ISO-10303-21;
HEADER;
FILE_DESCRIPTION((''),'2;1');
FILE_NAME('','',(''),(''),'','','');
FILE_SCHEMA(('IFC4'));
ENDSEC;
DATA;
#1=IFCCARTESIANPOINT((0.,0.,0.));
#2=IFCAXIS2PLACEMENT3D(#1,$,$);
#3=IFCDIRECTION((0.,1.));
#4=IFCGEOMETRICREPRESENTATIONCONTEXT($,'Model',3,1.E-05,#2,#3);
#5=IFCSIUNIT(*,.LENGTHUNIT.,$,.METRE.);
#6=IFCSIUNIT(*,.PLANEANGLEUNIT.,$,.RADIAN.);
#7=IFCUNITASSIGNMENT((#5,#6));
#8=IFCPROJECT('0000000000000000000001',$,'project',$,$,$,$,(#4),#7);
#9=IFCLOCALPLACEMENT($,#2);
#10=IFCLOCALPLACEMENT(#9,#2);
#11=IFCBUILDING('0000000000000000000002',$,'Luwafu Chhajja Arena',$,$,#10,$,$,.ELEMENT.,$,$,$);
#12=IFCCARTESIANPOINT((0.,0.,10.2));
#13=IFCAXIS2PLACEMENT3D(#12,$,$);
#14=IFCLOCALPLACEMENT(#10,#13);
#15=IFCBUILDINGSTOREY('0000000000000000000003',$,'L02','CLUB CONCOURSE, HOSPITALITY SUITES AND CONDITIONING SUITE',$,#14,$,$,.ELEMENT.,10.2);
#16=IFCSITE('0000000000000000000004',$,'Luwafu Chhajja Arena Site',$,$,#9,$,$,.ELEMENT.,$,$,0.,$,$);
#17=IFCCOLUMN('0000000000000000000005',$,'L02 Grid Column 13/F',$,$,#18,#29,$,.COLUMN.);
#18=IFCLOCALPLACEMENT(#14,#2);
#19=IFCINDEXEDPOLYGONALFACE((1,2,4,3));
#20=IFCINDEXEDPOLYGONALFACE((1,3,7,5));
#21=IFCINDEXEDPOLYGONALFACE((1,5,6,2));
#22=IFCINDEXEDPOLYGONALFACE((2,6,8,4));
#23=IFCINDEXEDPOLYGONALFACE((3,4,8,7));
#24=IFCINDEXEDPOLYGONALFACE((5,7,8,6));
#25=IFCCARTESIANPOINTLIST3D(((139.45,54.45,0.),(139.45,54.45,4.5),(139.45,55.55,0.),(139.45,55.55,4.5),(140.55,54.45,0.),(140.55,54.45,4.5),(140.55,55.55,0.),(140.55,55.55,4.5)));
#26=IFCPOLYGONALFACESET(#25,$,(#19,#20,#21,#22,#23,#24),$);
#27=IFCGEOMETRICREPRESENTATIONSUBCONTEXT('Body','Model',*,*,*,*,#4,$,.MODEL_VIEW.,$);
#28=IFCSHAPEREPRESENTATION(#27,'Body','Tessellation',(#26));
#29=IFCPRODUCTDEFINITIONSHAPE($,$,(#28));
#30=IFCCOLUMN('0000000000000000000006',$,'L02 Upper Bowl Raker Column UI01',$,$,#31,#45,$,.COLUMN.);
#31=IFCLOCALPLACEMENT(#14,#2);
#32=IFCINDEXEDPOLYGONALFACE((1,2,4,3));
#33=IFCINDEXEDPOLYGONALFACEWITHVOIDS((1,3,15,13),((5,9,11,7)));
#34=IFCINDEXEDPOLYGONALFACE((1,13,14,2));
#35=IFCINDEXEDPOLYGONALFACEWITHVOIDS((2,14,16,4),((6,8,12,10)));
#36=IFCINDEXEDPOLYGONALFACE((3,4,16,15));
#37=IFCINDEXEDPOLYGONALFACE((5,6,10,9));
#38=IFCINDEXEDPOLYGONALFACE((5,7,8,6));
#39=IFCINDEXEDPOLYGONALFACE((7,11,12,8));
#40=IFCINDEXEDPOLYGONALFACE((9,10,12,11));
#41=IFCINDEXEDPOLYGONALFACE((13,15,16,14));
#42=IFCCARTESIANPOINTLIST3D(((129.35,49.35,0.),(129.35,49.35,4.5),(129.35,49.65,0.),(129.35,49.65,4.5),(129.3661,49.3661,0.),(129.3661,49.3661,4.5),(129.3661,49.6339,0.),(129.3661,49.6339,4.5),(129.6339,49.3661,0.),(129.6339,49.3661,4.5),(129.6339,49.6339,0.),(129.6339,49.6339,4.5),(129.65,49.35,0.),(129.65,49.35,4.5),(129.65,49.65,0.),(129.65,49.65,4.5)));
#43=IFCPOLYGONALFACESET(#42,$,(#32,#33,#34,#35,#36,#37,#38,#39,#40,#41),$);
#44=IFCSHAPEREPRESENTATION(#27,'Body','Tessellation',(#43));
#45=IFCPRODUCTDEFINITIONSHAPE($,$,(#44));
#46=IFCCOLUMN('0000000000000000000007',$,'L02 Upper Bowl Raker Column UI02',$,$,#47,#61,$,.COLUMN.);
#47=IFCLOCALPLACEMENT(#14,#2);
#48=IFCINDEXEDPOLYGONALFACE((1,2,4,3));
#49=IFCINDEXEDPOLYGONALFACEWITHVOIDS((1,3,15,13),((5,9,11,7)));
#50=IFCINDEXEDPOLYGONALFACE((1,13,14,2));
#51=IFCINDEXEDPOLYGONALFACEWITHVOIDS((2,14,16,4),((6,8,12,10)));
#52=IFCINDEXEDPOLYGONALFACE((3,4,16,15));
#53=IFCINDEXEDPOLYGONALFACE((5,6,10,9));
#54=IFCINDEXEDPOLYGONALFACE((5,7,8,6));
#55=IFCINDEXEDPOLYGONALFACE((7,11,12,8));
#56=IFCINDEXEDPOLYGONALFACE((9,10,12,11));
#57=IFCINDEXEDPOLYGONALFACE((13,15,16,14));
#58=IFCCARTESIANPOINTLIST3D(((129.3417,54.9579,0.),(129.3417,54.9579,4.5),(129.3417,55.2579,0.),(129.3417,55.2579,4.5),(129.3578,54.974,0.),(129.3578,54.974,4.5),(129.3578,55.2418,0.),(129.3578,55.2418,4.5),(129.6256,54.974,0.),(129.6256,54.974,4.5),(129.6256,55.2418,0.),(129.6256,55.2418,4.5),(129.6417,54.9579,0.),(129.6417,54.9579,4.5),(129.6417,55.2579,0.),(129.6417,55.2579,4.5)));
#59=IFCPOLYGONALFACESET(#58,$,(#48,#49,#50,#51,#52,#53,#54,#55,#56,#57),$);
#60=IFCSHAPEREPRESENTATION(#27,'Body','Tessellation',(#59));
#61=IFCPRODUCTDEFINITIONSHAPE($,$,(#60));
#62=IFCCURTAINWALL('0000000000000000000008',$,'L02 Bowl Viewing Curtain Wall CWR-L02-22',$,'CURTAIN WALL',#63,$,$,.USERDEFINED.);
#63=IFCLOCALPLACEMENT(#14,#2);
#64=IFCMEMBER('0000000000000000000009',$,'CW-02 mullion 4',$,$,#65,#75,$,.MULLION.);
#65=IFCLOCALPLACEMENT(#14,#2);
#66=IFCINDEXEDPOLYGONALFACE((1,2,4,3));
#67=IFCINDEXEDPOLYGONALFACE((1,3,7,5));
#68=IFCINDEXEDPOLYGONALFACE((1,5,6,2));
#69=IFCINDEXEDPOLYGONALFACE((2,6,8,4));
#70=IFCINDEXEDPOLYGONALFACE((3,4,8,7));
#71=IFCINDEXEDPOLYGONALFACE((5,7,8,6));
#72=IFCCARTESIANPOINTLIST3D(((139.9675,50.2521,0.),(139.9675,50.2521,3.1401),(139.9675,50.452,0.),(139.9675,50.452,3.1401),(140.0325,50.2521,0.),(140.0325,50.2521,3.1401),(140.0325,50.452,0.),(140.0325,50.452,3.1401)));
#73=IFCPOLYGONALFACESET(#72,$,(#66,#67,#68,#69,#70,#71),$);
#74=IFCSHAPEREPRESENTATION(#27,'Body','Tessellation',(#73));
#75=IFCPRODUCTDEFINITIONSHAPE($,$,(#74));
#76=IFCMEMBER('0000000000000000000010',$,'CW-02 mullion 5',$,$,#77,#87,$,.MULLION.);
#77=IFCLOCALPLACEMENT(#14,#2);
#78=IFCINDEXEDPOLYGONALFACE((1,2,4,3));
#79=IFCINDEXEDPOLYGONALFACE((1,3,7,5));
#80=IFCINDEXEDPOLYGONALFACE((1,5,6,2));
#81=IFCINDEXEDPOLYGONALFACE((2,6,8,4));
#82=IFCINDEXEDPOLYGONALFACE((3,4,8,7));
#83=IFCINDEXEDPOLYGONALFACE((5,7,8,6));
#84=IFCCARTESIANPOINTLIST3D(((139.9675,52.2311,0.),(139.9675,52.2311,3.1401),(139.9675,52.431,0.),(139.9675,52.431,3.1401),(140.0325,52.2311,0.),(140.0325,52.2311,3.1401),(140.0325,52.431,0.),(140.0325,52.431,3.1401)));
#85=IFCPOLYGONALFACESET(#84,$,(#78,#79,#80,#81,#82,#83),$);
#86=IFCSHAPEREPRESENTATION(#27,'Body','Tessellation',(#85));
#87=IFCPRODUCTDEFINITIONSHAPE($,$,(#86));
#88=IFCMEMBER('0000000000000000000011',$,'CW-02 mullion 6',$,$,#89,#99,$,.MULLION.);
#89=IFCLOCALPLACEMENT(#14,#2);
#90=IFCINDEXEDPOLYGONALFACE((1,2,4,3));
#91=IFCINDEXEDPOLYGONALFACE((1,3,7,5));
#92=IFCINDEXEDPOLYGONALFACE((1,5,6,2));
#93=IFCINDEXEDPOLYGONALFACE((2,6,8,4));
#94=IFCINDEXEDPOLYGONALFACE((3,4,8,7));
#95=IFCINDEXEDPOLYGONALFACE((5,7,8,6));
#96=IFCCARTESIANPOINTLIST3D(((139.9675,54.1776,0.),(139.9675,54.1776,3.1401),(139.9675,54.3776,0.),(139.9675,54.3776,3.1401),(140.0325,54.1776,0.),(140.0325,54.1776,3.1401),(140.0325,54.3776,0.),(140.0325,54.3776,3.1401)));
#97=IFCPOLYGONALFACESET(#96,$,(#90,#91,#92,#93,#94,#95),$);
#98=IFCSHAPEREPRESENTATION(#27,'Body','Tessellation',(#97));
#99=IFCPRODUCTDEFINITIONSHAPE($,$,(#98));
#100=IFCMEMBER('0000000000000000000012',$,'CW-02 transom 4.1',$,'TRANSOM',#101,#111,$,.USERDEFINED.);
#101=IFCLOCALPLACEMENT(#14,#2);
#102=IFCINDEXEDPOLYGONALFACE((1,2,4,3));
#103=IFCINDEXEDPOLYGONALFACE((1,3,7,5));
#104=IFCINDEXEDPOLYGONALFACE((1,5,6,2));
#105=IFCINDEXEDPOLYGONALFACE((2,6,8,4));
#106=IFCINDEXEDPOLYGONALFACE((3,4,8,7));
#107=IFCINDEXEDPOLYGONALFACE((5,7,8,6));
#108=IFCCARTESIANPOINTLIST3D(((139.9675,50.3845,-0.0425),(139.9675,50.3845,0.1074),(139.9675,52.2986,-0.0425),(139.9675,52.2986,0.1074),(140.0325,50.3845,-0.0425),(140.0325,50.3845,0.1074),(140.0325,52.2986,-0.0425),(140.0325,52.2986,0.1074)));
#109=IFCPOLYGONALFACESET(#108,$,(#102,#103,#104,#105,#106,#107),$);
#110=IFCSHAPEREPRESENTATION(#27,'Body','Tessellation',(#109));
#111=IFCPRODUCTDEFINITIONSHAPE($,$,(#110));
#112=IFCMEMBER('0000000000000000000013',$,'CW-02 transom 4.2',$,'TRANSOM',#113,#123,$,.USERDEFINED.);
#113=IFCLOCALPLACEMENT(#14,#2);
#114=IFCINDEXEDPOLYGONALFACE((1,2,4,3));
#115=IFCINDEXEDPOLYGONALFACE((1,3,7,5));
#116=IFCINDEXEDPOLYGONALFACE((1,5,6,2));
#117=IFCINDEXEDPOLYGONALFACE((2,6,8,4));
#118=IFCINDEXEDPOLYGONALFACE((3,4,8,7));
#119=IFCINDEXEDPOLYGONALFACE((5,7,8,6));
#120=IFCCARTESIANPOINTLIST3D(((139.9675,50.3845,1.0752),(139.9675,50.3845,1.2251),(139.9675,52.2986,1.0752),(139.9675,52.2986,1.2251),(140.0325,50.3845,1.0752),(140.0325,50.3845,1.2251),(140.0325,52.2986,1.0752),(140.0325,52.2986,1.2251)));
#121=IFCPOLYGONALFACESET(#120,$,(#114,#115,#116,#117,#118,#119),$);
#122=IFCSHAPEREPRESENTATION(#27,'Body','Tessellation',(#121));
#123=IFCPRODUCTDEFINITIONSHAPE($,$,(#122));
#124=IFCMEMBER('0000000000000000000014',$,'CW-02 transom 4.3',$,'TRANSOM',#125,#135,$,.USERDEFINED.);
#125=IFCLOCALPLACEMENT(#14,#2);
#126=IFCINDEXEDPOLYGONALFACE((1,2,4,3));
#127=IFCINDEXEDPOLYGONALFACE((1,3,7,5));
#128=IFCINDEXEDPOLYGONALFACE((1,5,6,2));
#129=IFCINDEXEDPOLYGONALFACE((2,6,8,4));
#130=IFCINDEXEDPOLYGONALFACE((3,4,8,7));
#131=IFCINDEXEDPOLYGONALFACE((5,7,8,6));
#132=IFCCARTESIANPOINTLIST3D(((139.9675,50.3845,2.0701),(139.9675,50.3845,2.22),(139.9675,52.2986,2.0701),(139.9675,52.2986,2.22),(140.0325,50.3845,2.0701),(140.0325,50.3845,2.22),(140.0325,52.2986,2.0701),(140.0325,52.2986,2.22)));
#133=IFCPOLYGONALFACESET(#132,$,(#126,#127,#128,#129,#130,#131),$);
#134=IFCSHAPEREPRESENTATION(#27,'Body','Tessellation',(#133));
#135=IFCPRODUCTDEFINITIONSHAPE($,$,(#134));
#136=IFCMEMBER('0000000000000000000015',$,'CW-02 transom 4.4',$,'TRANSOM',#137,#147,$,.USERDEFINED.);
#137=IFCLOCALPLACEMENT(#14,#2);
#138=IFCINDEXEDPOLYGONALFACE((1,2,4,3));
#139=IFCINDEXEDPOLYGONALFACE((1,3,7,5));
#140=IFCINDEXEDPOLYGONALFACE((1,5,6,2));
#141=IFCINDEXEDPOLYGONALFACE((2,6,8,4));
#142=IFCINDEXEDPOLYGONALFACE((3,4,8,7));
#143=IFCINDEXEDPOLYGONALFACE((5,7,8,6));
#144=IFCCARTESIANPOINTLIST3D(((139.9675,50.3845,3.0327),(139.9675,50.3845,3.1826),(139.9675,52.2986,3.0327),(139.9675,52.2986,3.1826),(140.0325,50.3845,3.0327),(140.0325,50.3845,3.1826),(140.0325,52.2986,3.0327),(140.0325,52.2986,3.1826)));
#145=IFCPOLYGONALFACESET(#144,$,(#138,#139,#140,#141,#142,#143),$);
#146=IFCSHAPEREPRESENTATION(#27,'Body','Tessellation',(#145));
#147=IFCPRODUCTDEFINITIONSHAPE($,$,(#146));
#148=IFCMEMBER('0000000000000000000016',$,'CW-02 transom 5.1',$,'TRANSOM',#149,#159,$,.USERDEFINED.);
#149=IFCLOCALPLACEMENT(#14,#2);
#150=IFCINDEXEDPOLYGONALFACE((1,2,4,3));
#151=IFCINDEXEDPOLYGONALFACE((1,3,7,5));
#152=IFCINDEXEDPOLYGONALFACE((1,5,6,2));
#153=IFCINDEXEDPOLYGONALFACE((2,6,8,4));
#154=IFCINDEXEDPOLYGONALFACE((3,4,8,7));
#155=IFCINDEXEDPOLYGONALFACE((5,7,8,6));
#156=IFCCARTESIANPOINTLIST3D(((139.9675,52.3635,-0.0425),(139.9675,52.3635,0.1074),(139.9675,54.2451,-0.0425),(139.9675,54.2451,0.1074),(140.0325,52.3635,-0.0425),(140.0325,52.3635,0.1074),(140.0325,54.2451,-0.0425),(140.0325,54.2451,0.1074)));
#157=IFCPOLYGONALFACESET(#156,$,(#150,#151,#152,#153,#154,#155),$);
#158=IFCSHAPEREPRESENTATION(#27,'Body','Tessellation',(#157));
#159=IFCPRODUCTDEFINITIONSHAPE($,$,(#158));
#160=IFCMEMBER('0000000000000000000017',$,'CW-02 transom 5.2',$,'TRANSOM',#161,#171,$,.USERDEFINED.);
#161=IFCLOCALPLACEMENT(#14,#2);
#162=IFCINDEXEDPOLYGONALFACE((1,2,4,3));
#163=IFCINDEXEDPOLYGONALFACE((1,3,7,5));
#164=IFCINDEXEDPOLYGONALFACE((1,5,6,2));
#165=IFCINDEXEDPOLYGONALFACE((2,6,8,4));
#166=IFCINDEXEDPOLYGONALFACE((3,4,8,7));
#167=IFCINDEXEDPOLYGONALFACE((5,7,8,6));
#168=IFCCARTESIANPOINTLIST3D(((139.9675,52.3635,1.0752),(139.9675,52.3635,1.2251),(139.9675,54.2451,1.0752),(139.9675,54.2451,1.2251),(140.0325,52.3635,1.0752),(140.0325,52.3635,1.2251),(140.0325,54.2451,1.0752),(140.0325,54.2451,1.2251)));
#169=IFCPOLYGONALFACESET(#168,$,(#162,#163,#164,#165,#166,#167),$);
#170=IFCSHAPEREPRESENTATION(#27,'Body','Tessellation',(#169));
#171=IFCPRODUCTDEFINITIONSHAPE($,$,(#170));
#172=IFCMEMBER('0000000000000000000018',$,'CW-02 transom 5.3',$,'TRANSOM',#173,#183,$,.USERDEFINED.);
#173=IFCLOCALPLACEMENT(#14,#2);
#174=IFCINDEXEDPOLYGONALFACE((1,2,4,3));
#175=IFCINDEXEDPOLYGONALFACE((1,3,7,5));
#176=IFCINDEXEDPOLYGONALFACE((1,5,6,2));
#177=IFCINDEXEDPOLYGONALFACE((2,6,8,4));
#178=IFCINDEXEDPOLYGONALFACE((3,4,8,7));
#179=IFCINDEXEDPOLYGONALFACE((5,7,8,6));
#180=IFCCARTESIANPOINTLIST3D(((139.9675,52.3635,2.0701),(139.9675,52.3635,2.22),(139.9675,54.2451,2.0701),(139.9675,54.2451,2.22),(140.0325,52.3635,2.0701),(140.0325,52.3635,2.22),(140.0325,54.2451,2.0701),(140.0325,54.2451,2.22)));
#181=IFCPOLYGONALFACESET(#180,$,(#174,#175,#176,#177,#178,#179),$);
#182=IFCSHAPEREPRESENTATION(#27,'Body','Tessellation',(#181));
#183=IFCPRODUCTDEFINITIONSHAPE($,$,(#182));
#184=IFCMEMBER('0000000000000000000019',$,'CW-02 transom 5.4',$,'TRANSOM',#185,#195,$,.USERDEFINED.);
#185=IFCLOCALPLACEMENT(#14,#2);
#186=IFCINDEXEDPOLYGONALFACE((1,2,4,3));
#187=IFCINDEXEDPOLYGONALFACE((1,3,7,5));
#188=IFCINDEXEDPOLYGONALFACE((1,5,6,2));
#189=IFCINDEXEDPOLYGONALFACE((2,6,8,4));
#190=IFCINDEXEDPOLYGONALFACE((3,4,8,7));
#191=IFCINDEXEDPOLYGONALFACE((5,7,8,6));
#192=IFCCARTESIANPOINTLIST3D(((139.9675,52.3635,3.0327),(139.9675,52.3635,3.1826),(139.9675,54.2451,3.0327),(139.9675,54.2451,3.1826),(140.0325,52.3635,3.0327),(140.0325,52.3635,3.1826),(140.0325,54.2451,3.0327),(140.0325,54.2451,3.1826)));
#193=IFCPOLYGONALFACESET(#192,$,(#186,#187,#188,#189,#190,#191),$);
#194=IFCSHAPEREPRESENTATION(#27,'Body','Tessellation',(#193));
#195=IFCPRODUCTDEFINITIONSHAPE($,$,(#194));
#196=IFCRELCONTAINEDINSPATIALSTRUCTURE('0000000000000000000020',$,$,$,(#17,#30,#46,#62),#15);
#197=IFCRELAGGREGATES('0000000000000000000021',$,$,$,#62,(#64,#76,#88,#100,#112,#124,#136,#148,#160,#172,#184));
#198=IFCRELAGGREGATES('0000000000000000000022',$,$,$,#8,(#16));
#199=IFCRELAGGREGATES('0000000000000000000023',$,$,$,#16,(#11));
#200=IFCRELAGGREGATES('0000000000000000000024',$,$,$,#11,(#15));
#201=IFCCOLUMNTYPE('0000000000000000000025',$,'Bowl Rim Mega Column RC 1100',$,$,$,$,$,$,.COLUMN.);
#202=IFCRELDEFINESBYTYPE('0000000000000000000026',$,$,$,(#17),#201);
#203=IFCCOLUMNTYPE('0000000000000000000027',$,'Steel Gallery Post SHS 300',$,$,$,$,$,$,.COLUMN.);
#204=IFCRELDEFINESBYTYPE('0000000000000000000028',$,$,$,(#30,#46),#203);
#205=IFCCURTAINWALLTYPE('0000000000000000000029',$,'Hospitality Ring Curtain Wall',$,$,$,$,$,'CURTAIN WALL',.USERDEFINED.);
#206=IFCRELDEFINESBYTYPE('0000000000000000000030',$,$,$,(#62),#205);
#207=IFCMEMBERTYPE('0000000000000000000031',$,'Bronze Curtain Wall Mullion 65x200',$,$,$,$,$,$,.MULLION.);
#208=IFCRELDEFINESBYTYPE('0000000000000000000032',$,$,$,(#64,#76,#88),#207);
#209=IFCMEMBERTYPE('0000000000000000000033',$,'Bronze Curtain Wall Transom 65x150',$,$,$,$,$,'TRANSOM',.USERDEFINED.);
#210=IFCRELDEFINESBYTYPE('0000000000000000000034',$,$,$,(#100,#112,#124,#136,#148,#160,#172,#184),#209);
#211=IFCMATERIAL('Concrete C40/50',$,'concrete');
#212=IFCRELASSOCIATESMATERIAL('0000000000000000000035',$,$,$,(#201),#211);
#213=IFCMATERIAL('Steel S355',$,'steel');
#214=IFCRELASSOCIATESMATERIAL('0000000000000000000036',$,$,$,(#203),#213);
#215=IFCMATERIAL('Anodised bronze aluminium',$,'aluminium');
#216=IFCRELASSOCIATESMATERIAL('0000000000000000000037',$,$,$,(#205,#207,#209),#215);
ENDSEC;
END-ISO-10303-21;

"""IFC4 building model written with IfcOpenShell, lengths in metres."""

from ifc_helpers import new_model, si_unit, direction, frame, origin, origin_2d, place, context, subcontext, project, spatial, rectangle, hollow_rectangle, extrude, material, material_profile, profile_set, type_object, element, aggregate, save


model = new_model("IFC4")

# Units and contexts
model_context = context("Model", 3, precision=1e-05, world=origin(), true_north=direction((0.0, 1.0)))
body_context = subcontext(model_context, "Body", "Model", "MODEL_VIEW")
ifc_project = project(units=[si_unit("LENGTHUNIT", "METRE"), si_unit("PLANEANGLEUNIT", "RADIAN")], contexts=[model_context])

# Site, building, storey
site_placement = place(None, origin())
site = spatial("IfcSite", under=ifc_project, at=site_placement, Name="Luwafu Chhajja Arena Site", CompositionType="ELEMENT", RefElevation=0.0)
building_placement = place(site_placement, origin())
building = spatial("IfcBuilding", under=site, at=building_placement, Name="Luwafu Chhajja Arena", CompositionType="ELEMENT")
storey_placement = place(building_placement, frame((0.0, 0.0, 10.2)))
storey = spatial("IfcBuildingStorey", under=building, at=storey_placement, Name="L02", Description="CLUB CONCOURSE, HOSPITALITY SUITES AND CONDITIONING SUITE", CompositionType="ELEMENT", Elevation=10.2)

# Columns
ifc_material_1 = material(Name="Concrete C40/50", Category="concrete")
ifc_material_profile_1 = material_profile(ifc_material_1, rectangle(XDim=1.1001, YDim=1.1001, at=origin_2d()), Name="RC 1100x1100")
ifc_profile_set_1 = profile_set([ifc_material_profile_1], Name="Concrete C40/50")
column_type_1 = type_object("IfcColumnType", Name="Bowl Rim Mega Column RC 1100", PredefinedType="COLUMN", material=ifc_profile_set_1)
column_placement = place(storey_placement, frame((140.0, 55.0, 0.0), z_axis=(0.0, 0.0, 1.0), x_axis=(1.0, 0.0, 0.0)))
element("IfcColumn", 1, at=column_placement, inside=storey, type_object=column_type_1, Name="L02 Grid Column 13/F", PredefinedType="COLUMN", context=body_context, shape_type="SweptSolid", body=[
    extrude(rectangle(XDim=1.1001, YDim=1.1001, at=origin_2d()), origin(), (0.0, 0.0, 1.0), 4.5),
])
ifc_material_2 = material(Name="Steel S355", Category="steel")
ifc_material_profile_2 = material_profile(ifc_material_2, hollow_rectangle(XDim=0.3, YDim=0.3, WallThickness=0.0161, at=origin_2d()), Name="SHS 300x300x16")
ifc_profile_set_2 = profile_set([ifc_material_profile_2], Name="Steel S355")
column_type_2 = type_object("IfcColumnType", Name="Steel Gallery Post SHS 300", PredefinedType="COLUMN", material=ifc_profile_set_2)
for number, where, z_axis, x_axis, name in (
    (2, (129.5, 49.5, 0.0), (0.0, 0.0, 1.0), (1.0, 0.0, 0.0), "L02 Upper Bowl Raker Column UI01"),
    (3, (129.4917, 55.1079, 0.0), (0.0, 0.0, 1.0), (1.0, 0.0, 0.0), "L02 Upper Bowl Raker Column UI02"),
):
    element("IfcColumn", number, at=place(storey_placement, frame(where, z_axis=z_axis, x_axis=x_axis)), inside=storey, type_object=column_type_2, Name=name, PredefinedType="COLUMN", context=body_context, shape_type="SweptSolid", body=[
        extrude(hollow_rectangle(XDim=0.3, YDim=0.3, WallThickness=0.0161, at=origin_2d()), origin(), (0.0, 0.0, 1.0), 4.5),
    ])

# Curtain wall, members
ifc_material_3 = material(Name="Anodised bronze aluminium", Category="aluminium")
curtain_wall_type = type_object("IfcCurtainWallType", Name="Hospitality Ring Curtain Wall", ElementType="CURTAIN WALL", PredefinedType="USERDEFINED", material=ifc_material_3)
curtain_wall_placement = place(storey_placement, origin())
curtain_wall = element("IfcCurtainWall", 4, at=curtain_wall_placement, inside=storey, type_object=curtain_wall_type, Name="L02 Bowl Viewing Curtain Wall CWR-L02-22", ObjectType="CURTAIN WALL", PredefinedType="USERDEFINED")
ifc_material_profile_3 = material_profile(ifc_material_3, rectangle(XDim=0.0649, YDim=0.2, at=origin_2d()), Name="CWM 65x200")
ifc_profile_set_3 = profile_set([ifc_material_profile_3], Name="Anodised bronze aluminium")
member_type_1 = type_object("IfcMemberType", Name="Bronze Curtain Wall Mullion 65x200", PredefinedType="MULLION", material=ifc_profile_set_3)
member_1_placement = place(storey_placement, frame((140.0, 50.3521, 0.0), z_axis=(0.0, 0.0, 1.0), x_axis=(-1.0, 0.0, 0.0)))
member_1 = element("IfcMember", 5, at=member_1_placement, type_object=member_type_1, Name="CW-02 mullion 4", PredefinedType="MULLION", context=body_context, shape_type="SweptSolid", body=[
    extrude(rectangle(XDim=0.0649, YDim=0.2, at=origin_2d()), origin(), (0.0, 0.0, 1.0), 3.1401),
])
member_2_placement = place(storey_placement, frame((140.0, 52.3311, 0.0), z_axis=(0.0, 0.0, 1.0), x_axis=(-1.0, 0.0, 0.0)))
member_2 = element("IfcMember", 6, at=member_2_placement, type_object=member_type_1, Name="CW-02 mullion 5", PredefinedType="MULLION", context=body_context, shape_type="SweptSolid", body=[
    extrude(rectangle(XDim=0.0649, YDim=0.2, at=origin_2d()), origin(), (0.0, 0.0, 1.0), 3.1401),
])
member_3_placement = place(storey_placement, frame((140.0, 54.2776, 0.0), z_axis=(0.0, 0.0, 1.0), x_axis=(-1.0, 0.0, 0.0)))
member_3 = element("IfcMember", 7, at=member_3_placement, type_object=member_type_1, Name="CW-02 mullion 6", PredefinedType="MULLION", context=body_context, shape_type="SweptSolid", body=[
    extrude(rectangle(XDim=0.0649, YDim=0.2, at=origin_2d()), origin(), (0.0, 0.0, 1.0), 3.1401),
])
ifc_material_profile_4 = material_profile(ifc_material_3, rectangle(XDim=0.0649, YDim=0.1499, at=origin_2d()), Name="CWT 65x150")
ifc_profile_set_4 = profile_set([ifc_material_profile_4], Name="Anodised bronze aluminium")
member_type_2 = type_object("IfcMemberType", Name="Bronze Curtain Wall Transom 65x150", ElementType="TRANSOM", PredefinedType="USERDEFINED", material=ifc_profile_set_4)
member_4_placement = place(storey_placement, frame((140.0, 50.3845, 0.0325), z_axis=(0.0, 1.0, 0.0), x_axis=(-1.0, 0.0, 0.0)))
member_4 = element("IfcMember", 8, at=member_4_placement, type_object=member_type_2, Name="CW-02 transom 4.1", ObjectType="TRANSOM", PredefinedType="USERDEFINED", context=body_context, shape_type="SweptSolid", body=[
    extrude(rectangle(XDim=0.0649, YDim=0.1499, at=origin_2d()), origin(), (0.0, 0.0, 1.0), 1.9141),
])
member_5_placement = place(storey_placement, frame((140.0, 50.3845, 1.1501), z_axis=(0.0, 1.0, 0.0), x_axis=(-1.0, 0.0, 0.0)))
member_5 = element("IfcMember", 9, at=member_5_placement, type_object=member_type_2, Name="CW-02 transom 4.2", ObjectType="TRANSOM", PredefinedType="USERDEFINED", context=body_context, shape_type="SweptSolid", body=[
    extrude(rectangle(XDim=0.0649, YDim=0.1499, at=origin_2d()), origin(), (0.0, 0.0, 1.0), 1.9141),
])
member_6_placement = place(storey_placement, frame((140.0, 50.3845, 2.145), z_axis=(0.0, 1.0, 0.0), x_axis=(-1.0, 0.0, 0.0)))
member_6 = element("IfcMember", 10, at=member_6_placement, type_object=member_type_2, Name="CW-02 transom 4.3", ObjectType="TRANSOM", PredefinedType="USERDEFINED", context=body_context, shape_type="SweptSolid", body=[
    extrude(rectangle(XDim=0.0649, YDim=0.1499, at=origin_2d()), origin(), (0.0, 0.0, 1.0), 1.9141),
])
member_7_placement = place(storey_placement, frame((140.0, 50.3845, 3.1077), z_axis=(0.0, 1.0, 0.0), x_axis=(-1.0, 0.0, 0.0)))
member_7 = element("IfcMember", 11, at=member_7_placement, type_object=member_type_2, Name="CW-02 transom 4.4", ObjectType="TRANSOM", PredefinedType="USERDEFINED", context=body_context, shape_type="SweptSolid", body=[
    extrude(rectangle(XDim=0.0649, YDim=0.1499, at=origin_2d()), origin(), (0.0, 0.0, 1.0), 1.9141),
])
member_8_placement = place(storey_placement, frame((140.0, 52.3635, 0.0325), z_axis=(0.0, 1.0, 0.0), x_axis=(-1.0, 0.0, 0.0)))
member_8 = element("IfcMember", 12, at=member_8_placement, type_object=member_type_2, Name="CW-02 transom 5.1", ObjectType="TRANSOM", PredefinedType="USERDEFINED", context=body_context, shape_type="SweptSolid", body=[
    extrude(rectangle(XDim=0.0649, YDim=0.1499, at=origin_2d()), origin(), (0.0, 0.0, 1.0), 1.8816),
])
member_9_placement = place(storey_placement, frame((140.0, 52.3635, 1.1501), z_axis=(0.0, 1.0, 0.0), x_axis=(-1.0, 0.0, 0.0)))
member_9 = element("IfcMember", 13, at=member_9_placement, type_object=member_type_2, Name="CW-02 transom 5.2", ObjectType="TRANSOM", PredefinedType="USERDEFINED", context=body_context, shape_type="SweptSolid", body=[
    extrude(rectangle(XDim=0.0649, YDim=0.1499, at=origin_2d()), origin(), (0.0, 0.0, 1.0), 1.8816),
])
member_10_placement = place(storey_placement, frame((140.0, 52.3635, 2.145), z_axis=(0.0, 1.0, 0.0), x_axis=(-1.0, 0.0, 0.0)))
member_10 = element("IfcMember", 14, at=member_10_placement, type_object=member_type_2, Name="CW-02 transom 5.3", ObjectType="TRANSOM", PredefinedType="USERDEFINED", context=body_context, shape_type="SweptSolid", body=[
    extrude(rectangle(XDim=0.0649, YDim=0.1499, at=origin_2d()), origin(), (0.0, 0.0, 1.0), 1.8816),
])
member_11_placement = place(storey_placement, frame((140.0, 52.3635, 3.1077), z_axis=(0.0, 1.0, 0.0), x_axis=(-1.0, 0.0, 0.0)))
member_11 = element("IfcMember", 15, at=member_11_placement, type_object=member_type_2, Name="CW-02 transom 5.4", ObjectType="TRANSOM", PredefinedType="USERDEFINED", context=body_context, shape_type="SweptSolid", body=[
    extrude(rectangle(XDim=0.0649, YDim=0.1499, at=origin_2d()), origin(), (0.0, 0.0, 1.0), 1.8816),
])

aggregate(curtain_wall, [member_1, member_2, member_3, member_4, member_5, member_6, member_7, member_8, member_9, member_10, member_11])

save(model, "model.ifc")
